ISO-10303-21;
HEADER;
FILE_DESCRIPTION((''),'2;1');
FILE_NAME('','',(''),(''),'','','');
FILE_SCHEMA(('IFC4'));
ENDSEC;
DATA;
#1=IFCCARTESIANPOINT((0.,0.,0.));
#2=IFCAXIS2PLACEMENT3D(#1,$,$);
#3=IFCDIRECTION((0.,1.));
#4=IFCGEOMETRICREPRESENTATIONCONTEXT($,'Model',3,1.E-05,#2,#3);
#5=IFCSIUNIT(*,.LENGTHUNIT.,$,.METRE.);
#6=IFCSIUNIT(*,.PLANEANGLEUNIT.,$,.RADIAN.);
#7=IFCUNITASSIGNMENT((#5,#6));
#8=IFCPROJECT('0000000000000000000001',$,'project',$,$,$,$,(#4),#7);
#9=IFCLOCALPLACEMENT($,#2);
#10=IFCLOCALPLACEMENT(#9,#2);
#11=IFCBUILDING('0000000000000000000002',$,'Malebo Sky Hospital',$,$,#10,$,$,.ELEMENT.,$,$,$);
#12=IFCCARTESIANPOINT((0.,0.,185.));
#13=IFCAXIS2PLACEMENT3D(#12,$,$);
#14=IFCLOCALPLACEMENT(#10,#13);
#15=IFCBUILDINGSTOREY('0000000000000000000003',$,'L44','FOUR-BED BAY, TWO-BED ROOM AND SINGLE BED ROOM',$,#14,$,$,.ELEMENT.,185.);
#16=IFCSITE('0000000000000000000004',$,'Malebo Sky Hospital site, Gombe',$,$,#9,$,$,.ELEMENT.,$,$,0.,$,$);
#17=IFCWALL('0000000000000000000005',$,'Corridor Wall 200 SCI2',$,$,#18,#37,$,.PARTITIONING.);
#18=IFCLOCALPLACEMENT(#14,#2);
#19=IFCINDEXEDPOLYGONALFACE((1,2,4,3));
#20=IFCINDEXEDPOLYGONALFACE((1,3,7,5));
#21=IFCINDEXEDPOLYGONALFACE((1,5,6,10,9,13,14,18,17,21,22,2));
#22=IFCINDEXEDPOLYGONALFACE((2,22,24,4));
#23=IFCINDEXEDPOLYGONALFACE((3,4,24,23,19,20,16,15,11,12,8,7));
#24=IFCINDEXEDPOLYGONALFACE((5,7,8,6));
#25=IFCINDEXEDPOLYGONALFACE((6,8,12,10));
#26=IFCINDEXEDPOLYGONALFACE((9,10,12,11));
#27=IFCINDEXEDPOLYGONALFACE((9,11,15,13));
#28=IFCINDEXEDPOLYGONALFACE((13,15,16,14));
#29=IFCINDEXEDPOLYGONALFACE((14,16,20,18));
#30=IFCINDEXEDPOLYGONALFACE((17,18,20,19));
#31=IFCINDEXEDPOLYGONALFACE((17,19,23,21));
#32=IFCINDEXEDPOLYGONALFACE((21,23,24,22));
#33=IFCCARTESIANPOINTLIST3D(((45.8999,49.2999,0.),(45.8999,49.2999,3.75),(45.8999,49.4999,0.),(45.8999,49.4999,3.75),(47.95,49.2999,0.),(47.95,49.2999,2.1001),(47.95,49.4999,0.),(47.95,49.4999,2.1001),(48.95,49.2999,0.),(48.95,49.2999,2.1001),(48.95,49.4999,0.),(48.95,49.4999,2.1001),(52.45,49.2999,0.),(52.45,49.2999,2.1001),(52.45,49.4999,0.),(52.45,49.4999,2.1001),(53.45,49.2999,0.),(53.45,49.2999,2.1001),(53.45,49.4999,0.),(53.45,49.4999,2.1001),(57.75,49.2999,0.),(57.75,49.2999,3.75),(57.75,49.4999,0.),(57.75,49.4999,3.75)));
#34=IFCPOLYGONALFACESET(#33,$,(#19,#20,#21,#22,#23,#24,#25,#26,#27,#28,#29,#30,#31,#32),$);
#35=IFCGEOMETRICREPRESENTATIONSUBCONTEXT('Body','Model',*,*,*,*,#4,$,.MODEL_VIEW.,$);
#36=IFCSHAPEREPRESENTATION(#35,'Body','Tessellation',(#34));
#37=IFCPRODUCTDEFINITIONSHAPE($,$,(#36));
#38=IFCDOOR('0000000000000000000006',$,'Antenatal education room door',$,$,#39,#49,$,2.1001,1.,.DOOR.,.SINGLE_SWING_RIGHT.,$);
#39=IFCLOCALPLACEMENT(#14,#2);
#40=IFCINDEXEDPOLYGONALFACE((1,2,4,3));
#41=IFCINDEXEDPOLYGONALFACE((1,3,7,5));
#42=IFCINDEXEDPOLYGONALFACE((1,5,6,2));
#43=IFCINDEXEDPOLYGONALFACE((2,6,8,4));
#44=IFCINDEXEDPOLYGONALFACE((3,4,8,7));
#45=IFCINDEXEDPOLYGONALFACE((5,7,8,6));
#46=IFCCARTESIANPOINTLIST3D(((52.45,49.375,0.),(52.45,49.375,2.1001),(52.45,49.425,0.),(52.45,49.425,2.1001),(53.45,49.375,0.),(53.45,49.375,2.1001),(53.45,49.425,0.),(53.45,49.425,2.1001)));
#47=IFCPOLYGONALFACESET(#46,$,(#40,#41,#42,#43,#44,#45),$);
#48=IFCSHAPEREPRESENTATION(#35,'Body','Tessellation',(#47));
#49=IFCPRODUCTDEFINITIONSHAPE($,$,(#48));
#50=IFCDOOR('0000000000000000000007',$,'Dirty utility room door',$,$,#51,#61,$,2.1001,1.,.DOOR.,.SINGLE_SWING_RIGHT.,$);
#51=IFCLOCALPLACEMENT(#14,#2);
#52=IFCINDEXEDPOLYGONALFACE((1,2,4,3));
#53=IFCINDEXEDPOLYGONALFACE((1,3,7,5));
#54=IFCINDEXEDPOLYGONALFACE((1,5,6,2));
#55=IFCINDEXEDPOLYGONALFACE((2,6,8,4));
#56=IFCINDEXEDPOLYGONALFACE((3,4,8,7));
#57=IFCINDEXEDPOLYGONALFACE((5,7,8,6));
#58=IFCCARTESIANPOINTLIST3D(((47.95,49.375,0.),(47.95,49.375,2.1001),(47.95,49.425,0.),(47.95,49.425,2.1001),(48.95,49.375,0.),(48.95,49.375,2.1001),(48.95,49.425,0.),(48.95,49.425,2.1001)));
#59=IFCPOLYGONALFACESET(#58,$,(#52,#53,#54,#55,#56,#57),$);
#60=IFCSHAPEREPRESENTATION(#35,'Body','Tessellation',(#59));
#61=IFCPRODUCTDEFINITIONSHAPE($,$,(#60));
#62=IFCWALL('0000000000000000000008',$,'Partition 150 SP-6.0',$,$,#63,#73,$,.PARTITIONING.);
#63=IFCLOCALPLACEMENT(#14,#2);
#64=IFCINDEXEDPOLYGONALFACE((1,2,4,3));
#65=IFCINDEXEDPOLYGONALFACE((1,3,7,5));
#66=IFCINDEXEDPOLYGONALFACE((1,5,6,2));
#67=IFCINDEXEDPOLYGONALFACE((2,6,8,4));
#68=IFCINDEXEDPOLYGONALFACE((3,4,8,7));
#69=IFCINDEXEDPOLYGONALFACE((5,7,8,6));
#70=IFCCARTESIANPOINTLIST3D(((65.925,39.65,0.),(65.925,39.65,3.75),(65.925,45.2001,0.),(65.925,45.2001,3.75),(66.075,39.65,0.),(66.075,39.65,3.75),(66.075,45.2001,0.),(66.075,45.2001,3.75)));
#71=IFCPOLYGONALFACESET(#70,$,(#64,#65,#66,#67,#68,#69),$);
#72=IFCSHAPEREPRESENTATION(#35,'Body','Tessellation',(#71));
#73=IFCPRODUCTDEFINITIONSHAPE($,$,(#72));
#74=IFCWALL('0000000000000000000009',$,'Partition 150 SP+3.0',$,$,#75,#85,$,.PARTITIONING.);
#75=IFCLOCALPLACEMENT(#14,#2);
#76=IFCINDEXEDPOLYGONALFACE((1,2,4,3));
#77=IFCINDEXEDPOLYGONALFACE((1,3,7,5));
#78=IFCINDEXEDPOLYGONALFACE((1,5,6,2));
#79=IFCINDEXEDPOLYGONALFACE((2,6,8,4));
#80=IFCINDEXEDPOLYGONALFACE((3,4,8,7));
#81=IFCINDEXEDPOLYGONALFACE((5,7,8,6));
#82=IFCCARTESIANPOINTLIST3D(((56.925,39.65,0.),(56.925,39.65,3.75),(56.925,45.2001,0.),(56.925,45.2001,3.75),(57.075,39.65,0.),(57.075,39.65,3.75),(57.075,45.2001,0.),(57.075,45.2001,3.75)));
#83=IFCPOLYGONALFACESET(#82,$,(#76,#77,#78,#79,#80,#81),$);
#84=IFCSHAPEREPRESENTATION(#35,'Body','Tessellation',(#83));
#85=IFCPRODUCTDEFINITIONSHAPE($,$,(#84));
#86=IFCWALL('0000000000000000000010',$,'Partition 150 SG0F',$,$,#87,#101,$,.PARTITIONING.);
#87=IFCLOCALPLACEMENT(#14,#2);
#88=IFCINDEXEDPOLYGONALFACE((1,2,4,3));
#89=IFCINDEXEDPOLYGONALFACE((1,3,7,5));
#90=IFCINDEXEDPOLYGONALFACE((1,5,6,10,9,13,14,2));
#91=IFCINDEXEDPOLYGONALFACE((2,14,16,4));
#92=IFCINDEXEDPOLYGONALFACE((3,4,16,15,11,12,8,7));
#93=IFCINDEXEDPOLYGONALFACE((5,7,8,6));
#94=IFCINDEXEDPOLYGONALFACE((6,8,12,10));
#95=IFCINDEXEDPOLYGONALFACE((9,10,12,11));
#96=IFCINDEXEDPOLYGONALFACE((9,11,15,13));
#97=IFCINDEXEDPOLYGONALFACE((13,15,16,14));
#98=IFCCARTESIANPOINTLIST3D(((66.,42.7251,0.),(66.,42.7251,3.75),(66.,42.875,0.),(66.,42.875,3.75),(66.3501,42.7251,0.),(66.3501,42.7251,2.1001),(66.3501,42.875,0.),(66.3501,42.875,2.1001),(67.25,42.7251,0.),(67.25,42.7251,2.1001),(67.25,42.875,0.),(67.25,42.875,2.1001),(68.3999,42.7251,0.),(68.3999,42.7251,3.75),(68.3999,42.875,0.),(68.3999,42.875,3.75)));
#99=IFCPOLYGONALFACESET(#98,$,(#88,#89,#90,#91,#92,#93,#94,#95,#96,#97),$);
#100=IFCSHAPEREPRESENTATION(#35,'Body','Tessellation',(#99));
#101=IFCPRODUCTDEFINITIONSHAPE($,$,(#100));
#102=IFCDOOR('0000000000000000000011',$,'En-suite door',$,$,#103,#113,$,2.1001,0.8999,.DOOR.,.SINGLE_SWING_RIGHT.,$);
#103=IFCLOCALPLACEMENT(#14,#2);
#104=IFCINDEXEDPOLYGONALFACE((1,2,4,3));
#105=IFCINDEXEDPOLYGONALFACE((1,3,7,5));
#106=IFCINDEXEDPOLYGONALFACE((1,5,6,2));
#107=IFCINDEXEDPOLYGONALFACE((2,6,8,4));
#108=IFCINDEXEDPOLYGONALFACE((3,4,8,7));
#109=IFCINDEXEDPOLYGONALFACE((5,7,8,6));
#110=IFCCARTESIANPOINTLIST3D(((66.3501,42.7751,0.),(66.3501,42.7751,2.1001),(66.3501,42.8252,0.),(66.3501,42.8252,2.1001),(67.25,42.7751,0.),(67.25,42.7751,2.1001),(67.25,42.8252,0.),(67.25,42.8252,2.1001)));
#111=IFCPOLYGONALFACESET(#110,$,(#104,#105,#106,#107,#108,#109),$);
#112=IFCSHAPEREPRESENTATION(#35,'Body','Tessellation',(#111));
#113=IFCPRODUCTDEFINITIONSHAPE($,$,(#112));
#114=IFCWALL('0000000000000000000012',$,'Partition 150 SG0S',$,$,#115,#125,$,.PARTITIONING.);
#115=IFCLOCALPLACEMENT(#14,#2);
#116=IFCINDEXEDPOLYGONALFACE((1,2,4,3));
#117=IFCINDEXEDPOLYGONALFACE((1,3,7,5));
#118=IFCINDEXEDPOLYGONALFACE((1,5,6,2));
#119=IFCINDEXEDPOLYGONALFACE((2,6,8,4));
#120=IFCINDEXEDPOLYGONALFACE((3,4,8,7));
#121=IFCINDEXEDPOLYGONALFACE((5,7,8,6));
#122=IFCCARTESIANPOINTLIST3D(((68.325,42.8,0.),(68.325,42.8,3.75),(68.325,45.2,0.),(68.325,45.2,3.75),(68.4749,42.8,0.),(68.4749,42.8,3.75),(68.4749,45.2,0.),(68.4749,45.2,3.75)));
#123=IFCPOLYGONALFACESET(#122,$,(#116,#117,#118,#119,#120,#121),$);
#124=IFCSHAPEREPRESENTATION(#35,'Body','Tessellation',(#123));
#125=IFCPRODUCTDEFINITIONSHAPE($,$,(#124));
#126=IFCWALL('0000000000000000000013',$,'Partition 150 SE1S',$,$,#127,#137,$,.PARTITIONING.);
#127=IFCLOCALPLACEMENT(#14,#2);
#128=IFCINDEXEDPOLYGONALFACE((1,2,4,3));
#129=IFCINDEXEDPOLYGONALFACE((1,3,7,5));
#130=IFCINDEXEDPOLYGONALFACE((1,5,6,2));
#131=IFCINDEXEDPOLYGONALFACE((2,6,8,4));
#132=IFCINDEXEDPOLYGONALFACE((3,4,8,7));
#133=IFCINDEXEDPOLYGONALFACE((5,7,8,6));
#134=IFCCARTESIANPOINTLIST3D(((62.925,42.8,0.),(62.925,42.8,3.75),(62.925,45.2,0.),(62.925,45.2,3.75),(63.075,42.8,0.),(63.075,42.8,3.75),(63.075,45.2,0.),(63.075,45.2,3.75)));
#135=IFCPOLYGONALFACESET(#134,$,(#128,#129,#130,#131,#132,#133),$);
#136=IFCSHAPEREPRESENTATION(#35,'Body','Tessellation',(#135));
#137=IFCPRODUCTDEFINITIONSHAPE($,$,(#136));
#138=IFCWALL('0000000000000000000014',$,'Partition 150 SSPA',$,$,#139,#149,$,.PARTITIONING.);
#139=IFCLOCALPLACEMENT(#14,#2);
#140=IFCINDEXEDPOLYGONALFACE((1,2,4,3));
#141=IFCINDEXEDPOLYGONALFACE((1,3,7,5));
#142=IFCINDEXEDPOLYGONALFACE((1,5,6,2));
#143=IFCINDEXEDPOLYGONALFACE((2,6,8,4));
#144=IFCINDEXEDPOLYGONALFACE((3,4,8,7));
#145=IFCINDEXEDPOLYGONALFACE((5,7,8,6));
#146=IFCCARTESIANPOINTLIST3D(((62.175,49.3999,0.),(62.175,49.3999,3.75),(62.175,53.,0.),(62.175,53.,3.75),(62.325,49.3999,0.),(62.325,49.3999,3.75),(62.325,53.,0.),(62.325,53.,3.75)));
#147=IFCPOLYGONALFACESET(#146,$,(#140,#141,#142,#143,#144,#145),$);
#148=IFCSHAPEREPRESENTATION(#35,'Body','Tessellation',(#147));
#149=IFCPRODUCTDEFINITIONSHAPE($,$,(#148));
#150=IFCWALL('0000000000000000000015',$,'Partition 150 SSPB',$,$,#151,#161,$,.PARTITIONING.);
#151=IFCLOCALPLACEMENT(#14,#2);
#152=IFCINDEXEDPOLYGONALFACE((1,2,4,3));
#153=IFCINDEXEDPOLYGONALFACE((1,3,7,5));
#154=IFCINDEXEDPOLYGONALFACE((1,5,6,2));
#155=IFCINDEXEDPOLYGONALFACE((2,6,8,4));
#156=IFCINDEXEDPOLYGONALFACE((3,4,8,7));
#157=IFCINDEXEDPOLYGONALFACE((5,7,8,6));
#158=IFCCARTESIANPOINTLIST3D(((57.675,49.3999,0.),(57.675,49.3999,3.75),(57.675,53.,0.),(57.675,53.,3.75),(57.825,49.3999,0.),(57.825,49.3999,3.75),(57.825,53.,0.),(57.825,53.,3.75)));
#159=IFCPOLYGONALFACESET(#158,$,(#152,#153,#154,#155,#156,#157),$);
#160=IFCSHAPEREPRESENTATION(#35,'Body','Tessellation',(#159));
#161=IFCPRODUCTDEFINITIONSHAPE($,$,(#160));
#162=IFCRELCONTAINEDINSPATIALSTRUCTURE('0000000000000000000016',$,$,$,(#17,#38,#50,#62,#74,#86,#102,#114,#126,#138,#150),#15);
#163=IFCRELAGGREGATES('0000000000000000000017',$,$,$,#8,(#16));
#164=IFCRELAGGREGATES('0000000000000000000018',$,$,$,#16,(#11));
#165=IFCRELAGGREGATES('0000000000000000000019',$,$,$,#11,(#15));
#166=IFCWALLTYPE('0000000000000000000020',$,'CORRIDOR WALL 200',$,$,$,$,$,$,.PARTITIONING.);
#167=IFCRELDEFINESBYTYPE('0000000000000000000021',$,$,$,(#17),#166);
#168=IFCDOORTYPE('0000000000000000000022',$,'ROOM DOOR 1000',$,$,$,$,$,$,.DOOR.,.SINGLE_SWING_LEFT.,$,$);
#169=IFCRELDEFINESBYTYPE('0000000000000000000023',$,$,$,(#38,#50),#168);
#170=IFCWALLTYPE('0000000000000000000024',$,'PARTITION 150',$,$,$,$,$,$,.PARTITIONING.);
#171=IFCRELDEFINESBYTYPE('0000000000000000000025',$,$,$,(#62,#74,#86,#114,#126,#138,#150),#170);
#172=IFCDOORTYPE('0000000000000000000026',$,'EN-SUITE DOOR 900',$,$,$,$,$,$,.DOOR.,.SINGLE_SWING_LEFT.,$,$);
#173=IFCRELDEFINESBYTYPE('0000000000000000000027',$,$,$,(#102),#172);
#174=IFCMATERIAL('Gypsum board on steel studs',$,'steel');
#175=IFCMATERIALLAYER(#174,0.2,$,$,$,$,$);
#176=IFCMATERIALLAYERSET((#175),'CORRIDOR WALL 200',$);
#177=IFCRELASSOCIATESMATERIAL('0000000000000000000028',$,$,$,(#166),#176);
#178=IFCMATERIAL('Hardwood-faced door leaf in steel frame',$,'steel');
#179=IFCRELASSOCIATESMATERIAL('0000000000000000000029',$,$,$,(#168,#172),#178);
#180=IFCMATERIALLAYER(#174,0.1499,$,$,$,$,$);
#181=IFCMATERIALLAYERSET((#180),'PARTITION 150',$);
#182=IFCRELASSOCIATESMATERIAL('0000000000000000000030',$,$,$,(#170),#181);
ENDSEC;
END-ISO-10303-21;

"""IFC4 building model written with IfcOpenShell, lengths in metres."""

from ifc_helpers import new_model, si_unit, direction, frame, frame_2d, origin, place, context, subcontext, project, spatial, rectangle, extrude, material, layer, layer_set, type_object, element, fill, save


model = new_model("IFC4")

# Units and contexts
model_context = context("Model", 3, precision=1e-05, world=origin(), true_north=direction((0.0, 1.0)))
body_context = subcontext(model_context, "Body", "Model", "MODEL_VIEW")
ifc_project = project(units=[si_unit("LENGTHUNIT", "METRE"), si_unit("PLANEANGLEUNIT", "RADIAN")], contexts=[model_context])

# Site, building, storey
site_placement = place(None, origin())
site = spatial("IfcSite", under=ifc_project, at=site_placement, Name="Malebo Sky Hospital site, Gombe", CompositionType="ELEMENT", RefElevation=0.0)
building_placement = place(site_placement, origin())
building = spatial("IfcBuilding", under=site, at=building_placement, Name="Malebo Sky Hospital", CompositionType="ELEMENT")
storey_placement = place(building_placement, frame((0.0, 0.0, 185.0)))
storey = spatial("IfcBuildingStorey", under=building, at=storey_placement, Name="L44", Description="FOUR-BED BAY, TWO-BED ROOM AND SINGLE BED ROOM", CompositionType="ELEMENT", Elevation=185.0)

# Shared definitions
ifc_material_1 = material(Name="Gypsum board on steel studs", Category="steel")
ifc_layer_1 = layer(ifc_material_1, 0.2)
ifc_layer_set_1 = layer_set([ifc_layer_1], Name="CORRIDOR WALL 200")
wall_type_1 = type_object("IfcWallType", Name="CORRIDOR WALL 200", PredefinedType="PARTITIONING", material=ifc_layer_set_1)
ifc_material_2 = material(Name="Hardwood-faced door leaf in steel frame", Category="steel")
door_type_1 = type_object("IfcDoorType", Name="ROOM DOOR 1000", OperationType="SINGLE_SWING_LEFT", PredefinedType="DOOR", material=ifc_material_2)

# Wall, openings, doors
wall_1_placement = place(storey_placement, frame((57.75, 49.3999, 0.0), z_axis=(0.0, 0.0, 1.0), x_axis=(-1.0, 0.0, 0.0)))
wall_1 = element("IfcWall", 1, at=wall_1_placement, inside=storey, type_object=wall_type_1, Name="Corridor Wall 200 SCI2", PredefinedType="PARTITIONING", context=body_context, shape_type="SweptSolid", body=[
    extrude(rectangle(XDim=11.8501, YDim=0.2, at=frame_2d((5.925, 0.0))), origin(), (0.0, 0.0, 1.0), 3.75),
])
opening_1_placement = place(wall_1_placement, frame((4.3, 0.0, 0.0)))
opening_1 = element("IfcOpeningElement", 2, at=opening_1_placement, cuts=wall_1, PredefinedType="OPENING", context=body_context, shape_type="SweptSolid", body=[
    extrude(rectangle(XDim=1.0, YDim=2.1001, at=frame_2d((0.5, 1.05))), frame((0.0, 0.1099, 0.0), z_axis=(0.0, -1.0, 0.0), x_axis=(1.0, 0.0, 0.0)), (0.0, 0.0, 1.0), 0.22),
])
opening_2_placement = place(wall_1_placement, frame((8.8, 0.0, 0.0)))
opening_2 = element("IfcOpeningElement", 3, at=opening_2_placement, cuts=wall_1, PredefinedType="OPENING", context=body_context, shape_type="SweptSolid", body=[
    extrude(rectangle(XDim=1.0, YDim=2.1001, at=frame_2d((0.5, 1.05))), frame((0.0, 0.1099, 0.0), z_axis=(0.0, -1.0, 0.0), x_axis=(1.0, 0.0, 0.0)), (0.0, 0.0, 1.0), 0.22),
])
door_1_placement = place(opening_1_placement, origin())
door_1 = element("IfcDoor", 4, at=door_1_placement, inside=storey, type_object=door_type_1, Name="Antenatal education room door", OperationType="SINGLE_SWING_RIGHT", OverallHeight=2.1001, OverallWidth=1.0, PredefinedType="DOOR", context=body_context, shape_type="SweptSolid", body=[
    extrude(rectangle(XDim=1.0, YDim=2.1001, at=frame_2d((0.5, 1.05))), frame((0.0, 0.0249, 0.0), z_axis=(0.0, -1.0, 0.0), x_axis=(1.0, 0.0, 0.0)), (0.0, 0.0, 1.0), 0.05),
])
fill(opening_1, door_1)
door_2_placement = place(opening_2_placement, origin())
door_2 = element("IfcDoor", 5, at=door_2_placement, inside=storey, type_object=door_type_1, Name="Dirty utility room door", OperationType="SINGLE_SWING_RIGHT", OverallHeight=2.1001, OverallWidth=1.0, PredefinedType="DOOR", context=body_context, shape_type="SweptSolid", body=[
    extrude(rectangle(XDim=1.0, YDim=2.1001, at=frame_2d((0.5, 1.05))), frame((0.0, 0.0249, 0.0), z_axis=(0.0, -1.0, 0.0), x_axis=(1.0, 0.0, 0.0)), (0.0, 0.0, 1.0), 0.05),
])
fill(opening_2, door_2)

# Walls
ifc_layer_2 = layer(ifc_material_1, 0.1499)
ifc_layer_set_2 = layer_set([ifc_layer_2], Name="PARTITION 150")
wall_type_2 = type_object("IfcWallType", Name="PARTITION 150", PredefinedType="PARTITIONING", material=ifc_layer_set_2)
for number, where, z_axis, x_axis, name in (
    (6, (66.0, 45.2, 0.0), (0.0, 0.0, 1.0), (0.0, -1.0, 0.0), "Partition 150 SP-6.0"),
    (7, (57.0, 45.2, 0.0), (0.0, 0.0, 1.0), (0.0, -1.0, 0.0), "Partition 150 SP+3.0"),
):
    element("IfcWall", number, at=place(storey_placement, frame(where, z_axis=z_axis, x_axis=x_axis)), inside=storey, type_object=wall_type_2, Name=name, PredefinedType="PARTITIONING", context=body_context, shape_type="SweptSolid", body=[
        extrude(rectangle(XDim=5.55, YDim=0.1499, at=frame_2d((2.7749, 0.0))), origin(), (0.0, 0.0, 1.0), 3.75),
    ])

# Wall, opening, door
wall_2_placement = place(storey_placement, frame((68.3999, 42.8, 0.0), z_axis=(0.0, 0.0, 1.0), x_axis=(-1.0, 0.0, 0.0)))
wall_2 = element("IfcWall", 8, at=wall_2_placement, inside=storey, type_object=wall_type_2, Name="Partition 150 SG0F", PredefinedType="PARTITIONING", context=body_context, shape_type="SweptSolid", body=[
    extrude(rectangle(XDim=2.3999, YDim=0.1499, at=frame_2d((1.2, 0.0))), origin(), (0.0, 0.0, 1.0), 3.75),
])
opening_3_placement = place(wall_2_placement, frame((1.1499, 0.0, 0.0)))
opening_3 = element("IfcOpeningElement", 9, at=opening_3_placement, cuts=wall_2, PredefinedType="OPENING", context=body_context, shape_type="SweptSolid", body=[
    extrude(rectangle(XDim=0.8999, YDim=2.1001, at=frame_2d((0.45, 1.05))), frame((0.0, 0.085, 0.0), z_axis=(0.0, -1.0, 0.0), x_axis=(1.0, 0.0, 0.0)), (0.0, 0.0, 1.0), 0.1699),
])
door_type_2 = type_object("IfcDoorType", Name="EN-SUITE DOOR 900", OperationType="SINGLE_SWING_LEFT", PredefinedType="DOOR", material=ifc_material_2)
door_3_placement = place(opening_3_placement, origin())
door_3 = element("IfcDoor", 10, at=door_3_placement, inside=storey, type_object=door_type_2, Name="En-suite door", OperationType="SINGLE_SWING_RIGHT", OverallHeight=2.1001, OverallWidth=0.8999, PredefinedType="DOOR", context=body_context, shape_type="SweptSolid", body=[
    extrude(rectangle(XDim=0.8999, YDim=2.1001, at=frame_2d((0.45, 1.05))), frame((0.0, 0.0249, 0.0), z_axis=(0.0, -1.0, 0.0), x_axis=(1.0, 0.0, 0.0)), (0.0, 0.0, 1.0), 0.05),
])
fill(opening_3, door_3)

# Walls
for number, where, z_axis, x_axis, name in (
    (11, (68.3999, 45.2, 0.0), (0.0, 0.0, 1.0), (0.0, -1.0, 0.0), "Partition 150 SG0S"),
    (12, (63.0, 45.2, 0.0), (0.0, 0.0, 1.0), (0.0, -1.0, 0.0), "Partition 150 SE1S"),
):
    element("IfcWall", number, at=place(storey_placement, frame(where, z_axis=z_axis, x_axis=x_axis)), inside=storey, type_object=wall_type_2, Name=name, PredefinedType="PARTITIONING", context=body_context, shape_type="SweptSolid", body=[
        extrude(rectangle(XDim=2.3999, YDim=0.1499, at=frame_2d((1.2, 0.0))), origin(), (0.0, 0.0, 1.0), 3.75),
    ])
for number, where, z_axis, x_axis, name in (
    (13, (62.25, 53.0, 0.0), (0.0, 0.0, 1.0), (0.0, -1.0, 0.0), "Partition 150 SSPA"),
    (14, (57.75, 53.0, 0.0), (0.0, 0.0, 1.0), (0.0, -1.0, 0.0), "Partition 150 SSPB"),
):
    element("IfcWall", number, at=place(storey_placement, frame(where, z_axis=z_axis, x_axis=x_axis)), inside=storey, type_object=wall_type_2, Name=name, PredefinedType="PARTITIONING", context=body_context, shape_type="SweptSolid", body=[
        extrude(rectangle(XDim=3.6001, YDim=0.1499, at=frame_2d((1.8, 0.0))), origin(), (0.0, 0.0, 1.0), 3.75),
    ])

save(model, "model.ifc")
